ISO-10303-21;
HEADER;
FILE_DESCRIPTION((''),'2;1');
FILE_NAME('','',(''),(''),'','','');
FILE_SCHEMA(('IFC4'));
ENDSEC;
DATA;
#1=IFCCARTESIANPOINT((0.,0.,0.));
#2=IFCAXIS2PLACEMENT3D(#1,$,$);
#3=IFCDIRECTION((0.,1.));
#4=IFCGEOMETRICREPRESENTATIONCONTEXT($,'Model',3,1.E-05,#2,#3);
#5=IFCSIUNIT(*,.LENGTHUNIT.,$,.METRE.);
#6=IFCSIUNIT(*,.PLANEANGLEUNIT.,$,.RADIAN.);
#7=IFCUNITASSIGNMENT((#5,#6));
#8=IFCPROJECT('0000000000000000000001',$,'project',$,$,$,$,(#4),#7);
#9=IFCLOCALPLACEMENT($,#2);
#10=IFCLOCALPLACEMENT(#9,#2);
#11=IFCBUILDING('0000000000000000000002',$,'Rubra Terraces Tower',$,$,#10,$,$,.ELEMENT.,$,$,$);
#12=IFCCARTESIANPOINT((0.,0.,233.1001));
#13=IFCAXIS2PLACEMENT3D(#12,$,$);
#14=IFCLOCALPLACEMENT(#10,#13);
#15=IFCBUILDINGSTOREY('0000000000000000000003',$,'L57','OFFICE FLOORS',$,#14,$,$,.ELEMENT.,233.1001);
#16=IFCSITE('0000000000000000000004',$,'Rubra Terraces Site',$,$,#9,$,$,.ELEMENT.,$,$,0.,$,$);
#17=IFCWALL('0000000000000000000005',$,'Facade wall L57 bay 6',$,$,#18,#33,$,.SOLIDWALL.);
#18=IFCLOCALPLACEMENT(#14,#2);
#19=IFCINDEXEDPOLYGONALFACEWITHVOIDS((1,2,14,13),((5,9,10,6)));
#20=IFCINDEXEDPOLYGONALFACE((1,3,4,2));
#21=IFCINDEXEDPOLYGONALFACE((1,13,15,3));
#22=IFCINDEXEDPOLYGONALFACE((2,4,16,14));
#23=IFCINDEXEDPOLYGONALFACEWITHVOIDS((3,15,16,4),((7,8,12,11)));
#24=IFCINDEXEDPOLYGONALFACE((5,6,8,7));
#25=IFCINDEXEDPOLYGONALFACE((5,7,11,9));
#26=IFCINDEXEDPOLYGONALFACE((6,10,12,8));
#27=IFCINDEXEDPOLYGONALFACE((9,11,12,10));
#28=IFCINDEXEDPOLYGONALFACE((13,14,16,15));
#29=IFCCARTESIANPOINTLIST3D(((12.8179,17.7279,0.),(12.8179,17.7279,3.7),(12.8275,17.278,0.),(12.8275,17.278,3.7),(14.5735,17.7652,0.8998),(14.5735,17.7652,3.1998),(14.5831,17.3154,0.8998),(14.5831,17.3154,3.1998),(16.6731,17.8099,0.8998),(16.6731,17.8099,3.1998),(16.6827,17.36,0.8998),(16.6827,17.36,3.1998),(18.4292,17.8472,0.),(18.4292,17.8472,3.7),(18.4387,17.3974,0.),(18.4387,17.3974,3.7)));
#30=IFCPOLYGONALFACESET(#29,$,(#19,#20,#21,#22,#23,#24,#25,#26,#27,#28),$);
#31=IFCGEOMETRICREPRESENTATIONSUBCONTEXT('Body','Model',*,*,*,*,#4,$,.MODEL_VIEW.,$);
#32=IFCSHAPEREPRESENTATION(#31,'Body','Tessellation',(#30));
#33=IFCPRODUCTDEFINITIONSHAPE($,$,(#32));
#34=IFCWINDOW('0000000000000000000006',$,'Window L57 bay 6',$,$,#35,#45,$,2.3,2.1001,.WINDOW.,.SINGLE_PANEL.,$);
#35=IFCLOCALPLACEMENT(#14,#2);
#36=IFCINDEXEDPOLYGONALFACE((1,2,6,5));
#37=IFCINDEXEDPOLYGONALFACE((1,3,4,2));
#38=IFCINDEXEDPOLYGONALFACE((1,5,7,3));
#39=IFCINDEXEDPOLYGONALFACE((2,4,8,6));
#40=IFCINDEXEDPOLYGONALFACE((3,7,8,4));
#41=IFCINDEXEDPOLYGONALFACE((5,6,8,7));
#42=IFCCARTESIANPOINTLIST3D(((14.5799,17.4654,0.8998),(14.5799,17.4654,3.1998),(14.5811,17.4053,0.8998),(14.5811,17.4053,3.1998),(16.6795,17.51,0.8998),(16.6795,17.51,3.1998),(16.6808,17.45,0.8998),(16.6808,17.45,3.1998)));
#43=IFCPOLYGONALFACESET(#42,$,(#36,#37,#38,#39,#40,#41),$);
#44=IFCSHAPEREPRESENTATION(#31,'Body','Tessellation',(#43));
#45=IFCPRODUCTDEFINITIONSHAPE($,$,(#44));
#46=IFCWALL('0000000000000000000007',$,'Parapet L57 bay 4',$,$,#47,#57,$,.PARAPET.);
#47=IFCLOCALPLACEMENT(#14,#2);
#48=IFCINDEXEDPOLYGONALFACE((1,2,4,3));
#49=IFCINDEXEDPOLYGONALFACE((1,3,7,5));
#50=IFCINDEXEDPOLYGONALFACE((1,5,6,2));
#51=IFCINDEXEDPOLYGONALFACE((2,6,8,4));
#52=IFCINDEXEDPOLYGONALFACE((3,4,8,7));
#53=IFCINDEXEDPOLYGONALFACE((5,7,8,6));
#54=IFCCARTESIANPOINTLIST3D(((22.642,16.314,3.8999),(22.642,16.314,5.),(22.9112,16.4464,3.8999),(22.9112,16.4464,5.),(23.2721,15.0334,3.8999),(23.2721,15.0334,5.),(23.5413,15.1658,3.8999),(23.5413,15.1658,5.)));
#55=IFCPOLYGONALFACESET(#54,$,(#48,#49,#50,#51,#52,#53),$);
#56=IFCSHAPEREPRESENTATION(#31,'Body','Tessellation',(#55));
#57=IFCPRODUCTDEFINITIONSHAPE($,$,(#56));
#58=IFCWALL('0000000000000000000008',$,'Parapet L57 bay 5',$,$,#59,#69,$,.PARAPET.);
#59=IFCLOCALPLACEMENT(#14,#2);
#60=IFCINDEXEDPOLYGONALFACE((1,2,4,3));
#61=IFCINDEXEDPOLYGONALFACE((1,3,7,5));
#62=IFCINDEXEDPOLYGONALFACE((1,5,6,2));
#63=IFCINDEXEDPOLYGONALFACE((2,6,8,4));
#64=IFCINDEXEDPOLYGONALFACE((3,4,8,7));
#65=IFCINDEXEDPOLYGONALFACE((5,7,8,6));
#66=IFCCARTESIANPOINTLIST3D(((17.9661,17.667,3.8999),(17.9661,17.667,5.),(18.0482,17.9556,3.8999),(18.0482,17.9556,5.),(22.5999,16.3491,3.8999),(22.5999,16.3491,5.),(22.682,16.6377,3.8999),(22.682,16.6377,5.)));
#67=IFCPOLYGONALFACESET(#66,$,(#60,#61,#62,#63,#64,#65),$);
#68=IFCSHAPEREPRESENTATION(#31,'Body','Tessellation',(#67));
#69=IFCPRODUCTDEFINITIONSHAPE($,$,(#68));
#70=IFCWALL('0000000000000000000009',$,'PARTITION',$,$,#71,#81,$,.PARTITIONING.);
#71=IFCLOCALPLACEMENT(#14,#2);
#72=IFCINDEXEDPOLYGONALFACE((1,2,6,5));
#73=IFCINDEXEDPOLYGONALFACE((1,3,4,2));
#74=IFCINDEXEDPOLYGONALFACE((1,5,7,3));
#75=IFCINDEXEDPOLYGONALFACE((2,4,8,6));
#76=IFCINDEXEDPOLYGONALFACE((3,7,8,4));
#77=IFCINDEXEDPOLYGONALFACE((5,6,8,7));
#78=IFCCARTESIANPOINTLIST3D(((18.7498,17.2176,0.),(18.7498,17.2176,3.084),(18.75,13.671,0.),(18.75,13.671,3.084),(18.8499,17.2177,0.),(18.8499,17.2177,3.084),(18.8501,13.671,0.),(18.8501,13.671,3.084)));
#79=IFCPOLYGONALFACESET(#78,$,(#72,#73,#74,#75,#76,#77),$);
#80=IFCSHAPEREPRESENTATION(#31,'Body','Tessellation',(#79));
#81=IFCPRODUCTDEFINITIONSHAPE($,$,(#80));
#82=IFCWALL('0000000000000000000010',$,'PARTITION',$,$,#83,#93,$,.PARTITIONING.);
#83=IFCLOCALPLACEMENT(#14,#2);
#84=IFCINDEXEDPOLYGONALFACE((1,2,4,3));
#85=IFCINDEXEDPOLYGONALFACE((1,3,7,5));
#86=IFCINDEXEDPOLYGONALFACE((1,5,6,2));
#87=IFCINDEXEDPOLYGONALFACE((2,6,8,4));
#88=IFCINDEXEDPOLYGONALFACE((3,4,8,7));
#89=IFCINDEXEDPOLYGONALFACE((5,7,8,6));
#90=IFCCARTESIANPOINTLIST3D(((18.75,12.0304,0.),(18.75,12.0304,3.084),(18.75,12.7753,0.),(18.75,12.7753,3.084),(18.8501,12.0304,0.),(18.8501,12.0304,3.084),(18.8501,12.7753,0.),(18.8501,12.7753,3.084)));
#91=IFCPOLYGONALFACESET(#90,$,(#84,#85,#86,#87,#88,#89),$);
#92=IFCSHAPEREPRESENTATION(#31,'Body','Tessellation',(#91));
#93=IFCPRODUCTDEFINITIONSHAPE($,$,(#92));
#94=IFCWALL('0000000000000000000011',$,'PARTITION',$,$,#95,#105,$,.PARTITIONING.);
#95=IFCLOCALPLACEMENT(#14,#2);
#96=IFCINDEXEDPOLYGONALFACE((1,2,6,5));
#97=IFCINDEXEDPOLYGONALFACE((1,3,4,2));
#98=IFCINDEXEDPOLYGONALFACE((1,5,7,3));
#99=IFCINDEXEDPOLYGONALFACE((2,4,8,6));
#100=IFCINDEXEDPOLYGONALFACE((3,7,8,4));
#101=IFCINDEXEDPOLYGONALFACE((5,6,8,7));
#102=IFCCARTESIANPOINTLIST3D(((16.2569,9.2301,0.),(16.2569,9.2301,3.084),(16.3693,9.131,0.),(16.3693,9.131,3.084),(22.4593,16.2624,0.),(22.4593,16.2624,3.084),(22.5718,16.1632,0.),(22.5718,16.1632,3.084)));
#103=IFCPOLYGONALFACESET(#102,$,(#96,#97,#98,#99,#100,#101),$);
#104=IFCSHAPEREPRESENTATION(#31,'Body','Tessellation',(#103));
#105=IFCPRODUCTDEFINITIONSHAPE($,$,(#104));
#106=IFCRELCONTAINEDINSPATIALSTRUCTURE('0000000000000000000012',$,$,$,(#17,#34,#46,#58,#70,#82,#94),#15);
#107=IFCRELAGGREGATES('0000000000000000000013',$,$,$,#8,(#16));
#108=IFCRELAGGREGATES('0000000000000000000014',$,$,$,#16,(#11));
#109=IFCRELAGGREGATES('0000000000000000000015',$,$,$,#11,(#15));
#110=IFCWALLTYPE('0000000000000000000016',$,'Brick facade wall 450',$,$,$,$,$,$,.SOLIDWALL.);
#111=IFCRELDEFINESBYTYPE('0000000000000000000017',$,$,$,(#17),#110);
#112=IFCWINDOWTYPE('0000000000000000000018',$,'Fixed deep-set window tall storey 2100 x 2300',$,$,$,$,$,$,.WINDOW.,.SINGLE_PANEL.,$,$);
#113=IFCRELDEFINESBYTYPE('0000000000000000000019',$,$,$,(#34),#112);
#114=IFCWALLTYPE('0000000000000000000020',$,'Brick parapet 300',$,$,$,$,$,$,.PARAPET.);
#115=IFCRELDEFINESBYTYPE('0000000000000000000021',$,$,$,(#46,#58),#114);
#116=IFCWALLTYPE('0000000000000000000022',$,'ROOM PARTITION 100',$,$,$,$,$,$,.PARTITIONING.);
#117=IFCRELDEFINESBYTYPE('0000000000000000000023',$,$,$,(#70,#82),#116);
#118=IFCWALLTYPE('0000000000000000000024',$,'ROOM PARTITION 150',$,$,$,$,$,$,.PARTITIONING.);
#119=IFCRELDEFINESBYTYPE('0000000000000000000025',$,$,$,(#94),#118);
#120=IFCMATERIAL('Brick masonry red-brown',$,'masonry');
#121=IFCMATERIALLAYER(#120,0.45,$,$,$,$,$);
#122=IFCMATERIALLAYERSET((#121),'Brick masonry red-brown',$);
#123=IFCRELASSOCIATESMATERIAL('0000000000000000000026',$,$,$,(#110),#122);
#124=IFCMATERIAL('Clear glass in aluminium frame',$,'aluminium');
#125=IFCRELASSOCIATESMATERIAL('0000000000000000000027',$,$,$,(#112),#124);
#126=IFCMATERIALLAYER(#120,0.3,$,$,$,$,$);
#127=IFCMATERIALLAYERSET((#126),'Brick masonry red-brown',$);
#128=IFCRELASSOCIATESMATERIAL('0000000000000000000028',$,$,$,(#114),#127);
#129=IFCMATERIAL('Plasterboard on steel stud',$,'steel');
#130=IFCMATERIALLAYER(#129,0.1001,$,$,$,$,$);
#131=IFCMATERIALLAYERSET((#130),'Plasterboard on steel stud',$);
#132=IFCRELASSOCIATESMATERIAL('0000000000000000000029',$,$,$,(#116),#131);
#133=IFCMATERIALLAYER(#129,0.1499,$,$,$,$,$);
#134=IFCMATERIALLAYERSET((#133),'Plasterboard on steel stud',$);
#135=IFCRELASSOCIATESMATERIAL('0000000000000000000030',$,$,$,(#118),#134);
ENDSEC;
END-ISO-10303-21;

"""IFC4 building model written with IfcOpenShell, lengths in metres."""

from ifc_helpers import new_model, si_unit, direction, frame, frame_2d, origin, place, context, subcontext, project, spatial, rectangle, extrude, material, layer, layer_set, type_object, element, fill, save


model = new_model("IFC4")

# Units and contexts
model_context = context("Model", 3, precision=1e-05, world=origin(), true_north=direction((0.0, 1.0)))
body_context = subcontext(model_context, "Body", "Model", "MODEL_VIEW")
ifc_project = project(units=[si_unit("LENGTHUNIT", "METRE"), si_unit("PLANEANGLEUNIT", "RADIAN")], contexts=[model_context])

# Site, building, storey
site_placement = place(None, origin())
site = spatial("IfcSite", under=ifc_project, at=site_placement, Name="Rubra Terraces Site", CompositionType="ELEMENT", RefElevation=0.0)
building_placement = place(site_placement, origin())
building = spatial("IfcBuilding", under=site, at=building_placement, Name="Rubra Terraces Tower", CompositionType="ELEMENT")
storey_placement = place(building_placement, frame((0.0, 0.0, 233.1001)))
storey = spatial("IfcBuildingStorey", under=building, at=storey_placement, Name="L57", Description="OFFICE FLOORS", CompositionType="ELEMENT", Elevation=233.1001)

# Wall, opening, window
ifc_material_1 = material(Name="Brick masonry red-brown", Category="masonry")
ifc_layer_1 = layer(ifc_material_1, 0.45)
ifc_layer_set_1 = layer_set([ifc_layer_1], Name="Brick masonry red-brown")
wall_type_1 = type_object("IfcWallType", Name="Brick facade wall 450", PredefinedType="SOLIDWALL", material=ifc_layer_set_1)
ifc_material_2 = material(Name="Clear glass in aluminium frame", Category="aluminium")
window_type_1 = type_object("IfcWindowType", Name="Fixed deep-set window tall storey 2100 x 2300", PartitioningType="SINGLE_PANEL", PredefinedType="WINDOW", material=ifc_material_2)
wall_1_placement = place(storey_placement, frame((18.4338, 17.6223, 0.0), z_axis=(0.0, 0.0, 1.0), x_axis=(-0.999774, -0.021271, 0.0)))
wall_1 = element("IfcWall", 1, at=wall_1_placement, inside=storey, type_object=wall_type_1, Name="Facade wall L57 bay 6", PredefinedType="SOLIDWALL", context=body_context, shape_type="SweptSolid", body=[
    extrude(rectangle(XDim=5.6125, YDim=0.45, at=frame_2d((2.8062, 0.0))), origin(), (0.0, 0.0, 1.0), 3.7),
])
opening_1_placement = place(wall_1_placement, frame((1.7563, 0.0, 0.8999)))
opening_1 = element("IfcOpeningElement", 2, at=opening_1_placement, cuts=wall_1, PredefinedType="OPENING", context=body_context, shape_type="SweptSolid", body=[
    extrude(rectangle(XDim=2.1001, YDim=2.3, at=frame_2d((1.05, 1.1499))), frame((0.0, 0.2349, 0.0), z_axis=(0.0, -1.0, 0.0), x_axis=(1.0, 0.0, 0.0)), (0.0, 0.0, 1.0), 0.47),
])
window_1_placement = place(opening_1_placement, origin())
window_1 = element("IfcWindow", 3, at=window_1_placement, inside=storey, type_object=window_type_1, Name="Window L57 bay 6", OverallHeight=2.3, OverallWidth=2.1001, PartitioningType="SINGLE_PANEL", PredefinedType="WINDOW", context=body_context, shape_type="SweptSolid", body=[
    extrude(rectangle(XDim=2.1001, YDim=2.3, at=frame_2d((1.05, 1.1499))), frame((0.0, 0.135, 0.0), z_axis=(0.0, -1.0, 0.0), x_axis=(1.0, 0.0, 0.0)), (0.0, 0.0, 1.0), 0.0601),
])
fill(opening_1, window_1)

# Walls
ifc_layer_2 = layer(ifc_material_1, 0.3)
ifc_layer_set_2 = layer_set([ifc_layer_2], Name="Brick masonry red-brown")
wall_type_2 = type_object("IfcWallType", Name="Brick parapet 300", PredefinedType="PARAPET", material=ifc_layer_set_2)
wall_2_placement = place(storey_placement, frame((23.4067, 15.0996, 3.8999), z_axis=(0.0, 0.0, 1.0), x_axis=(-0.441525, 0.897249, 0.0)))
element("IfcWall", 4, at=wall_2_placement, inside=storey, type_object=wall_type_2, Name="Parapet L57 bay 4", PredefinedType="PARAPET", context=body_context, shape_type="SweptSolid", body=[
    extrude(rectangle(XDim=1.4272, YDim=0.3, at=frame_2d((0.7136, 0.0))), origin(), (0.0, 0.0, 1.0), 1.1001),
])
wall_3_placement = place(storey_placement, frame((22.6409, 16.4934, 3.8999), z_axis=(0.0, 0.0, 1.0), x_axis=(-0.961856, 0.273556, 0.0)))
element("IfcWall", 5, at=wall_3_placement, inside=storey, type_object=wall_type_2, Name="Parapet L57 bay 5", PredefinedType="PARAPET", context=body_context, shape_type="SweptSolid", body=[
    extrude(rectangle(XDim=4.8176, YDim=0.3, at=frame_2d((2.4087, 0.0))), origin(), (0.0, 0.0, 1.0), 1.1001),
])
ifc_material_3 = material(Name="Plasterboard on steel stud", Category="steel")
ifc_layer_3 = layer(ifc_material_3, 0.1001)
ifc_layer_set_3 = layer_set([ifc_layer_3], Name="Plasterboard on steel stud")
wall_type_3 = type_object("IfcWallType", Name="ROOM PARTITION 100", PredefinedType="PARTITIONING", material=ifc_layer_set_3)
wall_4_placement = place(storey_placement, frame((18.7998, 17.2178, 0.0), z_axis=(0.0, 0.0, 1.0), x_axis=(0.000069, -1.0, 0.0)))
element("IfcWall", 6, at=wall_4_placement, inside=storey, type_object=wall_type_3, Name="PARTITION", PredefinedType="PARTITIONING", context=body_context, shape_type="SweptSolid", body=[
    extrude(rectangle(XDim=3.5466, YDim=0.1001, at=frame_2d((1.7734, 0.0))), origin(), (0.0, 0.0, 1.0), 3.084),
])
wall_5_placement = place(storey_placement, frame((18.8, 12.7754, 0.0), z_axis=(0.0, 0.0, 1.0), x_axis=(0.0, -1.0, 0.0)))
element("IfcWall", 7, at=wall_5_placement, inside=storey, type_object=wall_type_3, Name="PARTITION", PredefinedType="PARTITIONING", context=body_context, shape_type="SweptSolid", body=[
    extrude(rectangle(XDim=0.7449, YDim=0.1001, at=frame_2d((0.3726, 0.0))), origin(), (0.0, 0.0, 1.0), 3.084),
])
ifc_layer_4 = layer(ifc_material_3, 0.1499)
ifc_layer_set_4 = layer_set([ifc_layer_4], Name="Plasterboard on steel stud")
wall_type_4 = type_object("IfcWallType", Name="ROOM PARTITION 150", PredefinedType="PARTITIONING", material=ifc_layer_set_4)
wall_6_placement = place(storey_placement, frame((22.5156, 16.2129, 0.0), z_axis=(0.0, 0.0, 1.0), x_axis=(-0.661471, -0.749971, 0.0)))
element("IfcWall", 8, at=wall_6_placement, inside=storey, type_object=wall_type_4, Name="PARTITION", PredefinedType="PARTITIONING", context=body_context, shape_type="SweptSolid", body=[
    extrude(rectangle(XDim=9.3767, YDim=0.1499, at=frame_2d((4.6885, 0.0))), origin(), (0.0, 0.0, 1.0), 3.084),
])

save(model, "model.ifc")
